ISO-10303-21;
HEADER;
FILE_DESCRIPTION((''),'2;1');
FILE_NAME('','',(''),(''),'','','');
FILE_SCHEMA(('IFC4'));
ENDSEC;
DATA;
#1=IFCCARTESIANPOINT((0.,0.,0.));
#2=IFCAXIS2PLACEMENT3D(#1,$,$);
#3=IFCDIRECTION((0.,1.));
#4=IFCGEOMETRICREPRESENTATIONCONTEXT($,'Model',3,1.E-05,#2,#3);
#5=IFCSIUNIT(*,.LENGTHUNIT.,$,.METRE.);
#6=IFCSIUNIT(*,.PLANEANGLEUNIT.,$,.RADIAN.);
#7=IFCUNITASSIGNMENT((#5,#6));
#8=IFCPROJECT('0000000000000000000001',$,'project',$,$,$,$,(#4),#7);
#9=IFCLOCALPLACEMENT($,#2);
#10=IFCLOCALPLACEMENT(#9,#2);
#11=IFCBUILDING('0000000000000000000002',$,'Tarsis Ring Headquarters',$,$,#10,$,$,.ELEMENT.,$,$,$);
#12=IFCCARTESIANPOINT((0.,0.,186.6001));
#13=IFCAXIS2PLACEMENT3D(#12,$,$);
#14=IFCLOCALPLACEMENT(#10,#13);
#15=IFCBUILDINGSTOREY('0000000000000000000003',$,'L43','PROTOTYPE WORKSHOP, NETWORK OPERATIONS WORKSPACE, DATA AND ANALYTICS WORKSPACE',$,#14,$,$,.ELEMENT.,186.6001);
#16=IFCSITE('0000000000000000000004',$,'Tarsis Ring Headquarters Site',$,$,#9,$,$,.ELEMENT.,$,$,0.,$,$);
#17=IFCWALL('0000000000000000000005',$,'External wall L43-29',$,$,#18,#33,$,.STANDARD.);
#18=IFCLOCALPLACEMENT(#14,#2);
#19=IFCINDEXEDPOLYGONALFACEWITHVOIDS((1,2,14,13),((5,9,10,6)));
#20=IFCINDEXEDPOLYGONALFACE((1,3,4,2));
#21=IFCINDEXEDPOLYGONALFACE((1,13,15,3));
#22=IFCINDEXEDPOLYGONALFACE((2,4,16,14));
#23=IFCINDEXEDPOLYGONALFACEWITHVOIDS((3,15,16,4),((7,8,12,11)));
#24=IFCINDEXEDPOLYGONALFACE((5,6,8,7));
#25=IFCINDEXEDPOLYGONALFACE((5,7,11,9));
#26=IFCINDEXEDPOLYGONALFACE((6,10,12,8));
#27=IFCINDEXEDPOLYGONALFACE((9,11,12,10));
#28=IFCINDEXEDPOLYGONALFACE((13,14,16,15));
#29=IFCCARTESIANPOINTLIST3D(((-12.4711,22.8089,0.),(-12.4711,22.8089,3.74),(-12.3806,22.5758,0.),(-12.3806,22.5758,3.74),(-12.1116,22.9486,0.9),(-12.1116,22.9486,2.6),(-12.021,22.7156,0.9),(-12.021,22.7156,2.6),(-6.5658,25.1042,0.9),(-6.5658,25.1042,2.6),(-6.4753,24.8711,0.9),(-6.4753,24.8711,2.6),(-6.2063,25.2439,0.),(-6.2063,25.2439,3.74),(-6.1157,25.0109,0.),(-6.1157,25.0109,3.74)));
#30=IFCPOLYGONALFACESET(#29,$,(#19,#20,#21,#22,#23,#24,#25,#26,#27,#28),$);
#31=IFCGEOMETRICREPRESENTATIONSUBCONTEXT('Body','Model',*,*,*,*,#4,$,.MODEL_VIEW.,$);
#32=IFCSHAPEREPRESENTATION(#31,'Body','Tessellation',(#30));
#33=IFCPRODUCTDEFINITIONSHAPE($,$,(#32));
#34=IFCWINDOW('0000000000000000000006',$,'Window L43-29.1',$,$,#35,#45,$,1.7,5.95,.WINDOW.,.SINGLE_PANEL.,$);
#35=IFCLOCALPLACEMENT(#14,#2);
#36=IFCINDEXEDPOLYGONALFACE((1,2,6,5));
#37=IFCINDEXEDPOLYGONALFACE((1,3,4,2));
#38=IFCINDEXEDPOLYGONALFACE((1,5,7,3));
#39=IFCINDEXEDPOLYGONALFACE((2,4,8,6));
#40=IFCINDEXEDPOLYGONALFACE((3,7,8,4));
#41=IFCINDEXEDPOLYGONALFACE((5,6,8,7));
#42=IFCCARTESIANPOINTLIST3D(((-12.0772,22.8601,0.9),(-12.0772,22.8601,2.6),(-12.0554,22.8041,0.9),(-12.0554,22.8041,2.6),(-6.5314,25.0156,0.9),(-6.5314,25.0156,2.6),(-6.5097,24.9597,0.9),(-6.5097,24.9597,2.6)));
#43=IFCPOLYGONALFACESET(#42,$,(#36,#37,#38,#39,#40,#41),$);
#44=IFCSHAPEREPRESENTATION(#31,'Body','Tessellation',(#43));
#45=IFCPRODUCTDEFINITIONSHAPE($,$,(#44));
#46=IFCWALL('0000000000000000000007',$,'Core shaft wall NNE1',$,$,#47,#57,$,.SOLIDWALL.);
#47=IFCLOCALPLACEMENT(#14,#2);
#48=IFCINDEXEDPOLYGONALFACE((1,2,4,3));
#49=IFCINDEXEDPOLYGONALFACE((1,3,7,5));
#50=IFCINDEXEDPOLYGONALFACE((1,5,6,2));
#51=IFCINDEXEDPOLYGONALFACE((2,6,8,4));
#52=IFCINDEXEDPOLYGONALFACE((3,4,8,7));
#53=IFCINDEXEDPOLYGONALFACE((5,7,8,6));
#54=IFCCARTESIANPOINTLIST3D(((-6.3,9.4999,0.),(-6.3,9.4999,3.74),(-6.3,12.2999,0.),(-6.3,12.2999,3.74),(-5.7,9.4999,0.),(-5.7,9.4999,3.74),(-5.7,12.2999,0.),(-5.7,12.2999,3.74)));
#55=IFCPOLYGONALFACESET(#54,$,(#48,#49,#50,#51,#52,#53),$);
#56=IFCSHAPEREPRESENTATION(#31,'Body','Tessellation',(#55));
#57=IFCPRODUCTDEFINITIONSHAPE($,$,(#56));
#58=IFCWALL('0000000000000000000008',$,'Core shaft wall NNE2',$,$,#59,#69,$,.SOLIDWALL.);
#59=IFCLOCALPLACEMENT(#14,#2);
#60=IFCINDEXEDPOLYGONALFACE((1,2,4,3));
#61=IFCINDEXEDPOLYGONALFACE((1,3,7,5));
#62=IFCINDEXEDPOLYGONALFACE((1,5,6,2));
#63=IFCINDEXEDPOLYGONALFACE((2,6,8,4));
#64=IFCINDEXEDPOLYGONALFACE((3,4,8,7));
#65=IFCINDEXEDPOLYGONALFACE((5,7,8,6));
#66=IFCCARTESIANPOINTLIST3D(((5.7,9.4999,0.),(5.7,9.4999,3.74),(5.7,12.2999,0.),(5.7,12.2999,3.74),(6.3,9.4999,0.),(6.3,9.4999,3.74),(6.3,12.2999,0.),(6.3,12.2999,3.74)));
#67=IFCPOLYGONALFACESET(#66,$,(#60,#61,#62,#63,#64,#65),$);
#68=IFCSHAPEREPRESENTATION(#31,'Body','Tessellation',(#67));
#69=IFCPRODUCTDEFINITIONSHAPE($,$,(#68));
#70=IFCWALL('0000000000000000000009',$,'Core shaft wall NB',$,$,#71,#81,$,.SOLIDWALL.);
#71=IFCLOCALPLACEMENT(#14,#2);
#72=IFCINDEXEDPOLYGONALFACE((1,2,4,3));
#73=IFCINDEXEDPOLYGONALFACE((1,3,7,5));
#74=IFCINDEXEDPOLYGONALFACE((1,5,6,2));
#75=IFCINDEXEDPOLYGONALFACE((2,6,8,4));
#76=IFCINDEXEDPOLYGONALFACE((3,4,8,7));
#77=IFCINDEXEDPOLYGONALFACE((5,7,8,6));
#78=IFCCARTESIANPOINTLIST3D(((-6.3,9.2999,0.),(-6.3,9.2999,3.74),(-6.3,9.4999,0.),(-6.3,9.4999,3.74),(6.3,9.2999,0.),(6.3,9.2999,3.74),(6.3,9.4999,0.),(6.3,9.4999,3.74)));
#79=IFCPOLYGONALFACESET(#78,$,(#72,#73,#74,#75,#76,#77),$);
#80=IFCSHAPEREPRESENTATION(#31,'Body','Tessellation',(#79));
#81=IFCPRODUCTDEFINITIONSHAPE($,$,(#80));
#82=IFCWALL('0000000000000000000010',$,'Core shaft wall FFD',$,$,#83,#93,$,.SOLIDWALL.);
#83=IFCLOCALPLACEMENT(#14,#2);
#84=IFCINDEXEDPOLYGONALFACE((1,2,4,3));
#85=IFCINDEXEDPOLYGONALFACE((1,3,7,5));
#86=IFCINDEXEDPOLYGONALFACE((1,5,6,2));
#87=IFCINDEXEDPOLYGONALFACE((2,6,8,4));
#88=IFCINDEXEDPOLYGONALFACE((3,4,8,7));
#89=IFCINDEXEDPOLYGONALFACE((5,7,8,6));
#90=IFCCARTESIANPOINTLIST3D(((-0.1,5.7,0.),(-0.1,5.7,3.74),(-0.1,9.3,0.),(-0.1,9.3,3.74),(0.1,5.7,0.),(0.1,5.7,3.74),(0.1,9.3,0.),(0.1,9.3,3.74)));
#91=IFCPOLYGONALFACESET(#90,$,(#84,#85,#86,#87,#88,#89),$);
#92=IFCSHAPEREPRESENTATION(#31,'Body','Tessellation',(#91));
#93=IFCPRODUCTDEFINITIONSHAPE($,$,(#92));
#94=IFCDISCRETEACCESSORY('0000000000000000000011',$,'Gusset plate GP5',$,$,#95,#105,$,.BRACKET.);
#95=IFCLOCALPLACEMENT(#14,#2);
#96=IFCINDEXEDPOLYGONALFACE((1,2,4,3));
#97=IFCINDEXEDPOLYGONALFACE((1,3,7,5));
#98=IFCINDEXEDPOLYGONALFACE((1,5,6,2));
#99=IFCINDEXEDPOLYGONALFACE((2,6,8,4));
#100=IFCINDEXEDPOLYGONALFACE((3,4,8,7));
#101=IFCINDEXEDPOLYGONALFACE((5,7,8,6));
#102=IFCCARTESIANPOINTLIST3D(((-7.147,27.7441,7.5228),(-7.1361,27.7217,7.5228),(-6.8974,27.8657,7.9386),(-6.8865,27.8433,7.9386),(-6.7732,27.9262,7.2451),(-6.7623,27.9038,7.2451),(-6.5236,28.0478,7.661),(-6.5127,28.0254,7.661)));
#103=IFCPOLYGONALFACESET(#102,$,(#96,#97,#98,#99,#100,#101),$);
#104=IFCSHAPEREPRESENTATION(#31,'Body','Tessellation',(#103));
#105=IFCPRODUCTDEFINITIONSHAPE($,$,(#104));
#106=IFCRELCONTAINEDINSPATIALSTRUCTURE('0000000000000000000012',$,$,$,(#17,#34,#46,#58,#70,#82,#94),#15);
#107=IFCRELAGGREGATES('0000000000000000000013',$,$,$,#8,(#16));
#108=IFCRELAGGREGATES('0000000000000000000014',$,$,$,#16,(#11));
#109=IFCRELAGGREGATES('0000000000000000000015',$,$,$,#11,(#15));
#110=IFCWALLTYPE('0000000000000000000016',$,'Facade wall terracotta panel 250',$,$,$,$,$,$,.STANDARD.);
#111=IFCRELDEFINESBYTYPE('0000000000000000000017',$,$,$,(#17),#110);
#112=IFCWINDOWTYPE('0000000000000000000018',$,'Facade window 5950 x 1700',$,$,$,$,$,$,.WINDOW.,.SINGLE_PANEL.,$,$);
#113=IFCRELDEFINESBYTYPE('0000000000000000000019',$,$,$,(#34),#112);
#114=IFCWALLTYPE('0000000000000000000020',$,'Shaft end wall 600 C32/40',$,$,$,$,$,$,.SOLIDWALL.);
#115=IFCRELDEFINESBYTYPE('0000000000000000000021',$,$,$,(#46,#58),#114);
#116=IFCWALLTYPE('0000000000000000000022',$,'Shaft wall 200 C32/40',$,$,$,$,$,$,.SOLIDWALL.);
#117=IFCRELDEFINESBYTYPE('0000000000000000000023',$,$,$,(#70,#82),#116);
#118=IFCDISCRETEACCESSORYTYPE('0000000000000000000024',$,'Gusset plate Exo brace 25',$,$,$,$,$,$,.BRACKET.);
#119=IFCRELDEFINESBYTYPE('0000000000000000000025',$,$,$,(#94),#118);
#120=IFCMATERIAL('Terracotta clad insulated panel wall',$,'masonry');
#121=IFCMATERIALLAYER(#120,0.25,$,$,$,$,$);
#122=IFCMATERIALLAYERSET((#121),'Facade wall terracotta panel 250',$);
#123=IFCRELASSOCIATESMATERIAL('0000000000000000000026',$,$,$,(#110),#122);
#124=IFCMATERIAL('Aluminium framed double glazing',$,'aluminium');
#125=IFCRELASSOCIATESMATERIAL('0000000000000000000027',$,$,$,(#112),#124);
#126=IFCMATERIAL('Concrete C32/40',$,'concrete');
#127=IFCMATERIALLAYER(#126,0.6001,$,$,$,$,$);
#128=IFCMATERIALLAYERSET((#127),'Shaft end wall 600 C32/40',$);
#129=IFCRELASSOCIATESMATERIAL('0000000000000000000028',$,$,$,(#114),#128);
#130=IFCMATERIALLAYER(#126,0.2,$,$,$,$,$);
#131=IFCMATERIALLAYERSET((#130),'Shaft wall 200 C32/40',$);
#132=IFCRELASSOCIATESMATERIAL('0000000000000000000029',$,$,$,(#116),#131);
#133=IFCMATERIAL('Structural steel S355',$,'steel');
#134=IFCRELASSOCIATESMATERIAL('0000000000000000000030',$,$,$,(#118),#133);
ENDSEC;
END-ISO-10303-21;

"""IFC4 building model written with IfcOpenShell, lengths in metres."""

from ifc_helpers import new_model, si_unit, direction, frame, frame_2d, origin, origin_2d, place, context, subcontext, project, spatial, rectangle, extrude, material, layer, layer_set, material_profile, profile_set, type_object, element, fill, save


model = new_model("IFC4")

# Units and contexts
model_context = context("Model", 3, precision=1e-05, world=origin(), true_north=direction((0.0, 1.0)))
body_context = subcontext(model_context, "Body", "Model", "MODEL_VIEW")
ifc_project = project(units=[si_unit("LENGTHUNIT", "METRE"), si_unit("PLANEANGLEUNIT", "RADIAN")], contexts=[model_context])

# Site, building, storey
site_placement = place(None, origin())
site = spatial("IfcSite", under=ifc_project, at=site_placement, Name="Tarsis Ring Headquarters Site", CompositionType="ELEMENT", RefElevation=0.0)
building_placement = place(site_placement, origin())
building = spatial("IfcBuilding", under=site, at=building_placement, Name="Tarsis Ring Headquarters", CompositionType="ELEMENT")
storey_placement = place(building_placement, frame((0.0, 0.0, 186.6001)))
storey = spatial("IfcBuildingStorey", under=building, at=storey_placement, Name="L43", Description="PROTOTYPE WORKSHOP, NETWORK OPERATIONS WORKSPACE, DATA AND ANALYTICS WORKSPACE", CompositionType="ELEMENT", Elevation=186.6001)

# Shared definitions
ifc_material_1 = material(Name="Structural steel S355", Category="steel")

# Wall, opening, window
ifc_material_2 = material(Name="Terracotta clad insulated panel wall", Category="masonry")
ifc_layer_1 = layer(ifc_material_2, 0.25)
ifc_layer_set_1 = layer_set([ifc_layer_1], Name="Facade wall terracotta panel 250")
wall_type_1 = type_object("IfcWallType", Name="Facade wall terracotta panel 250", PredefinedType="STANDARD", material=ifc_layer_set_1)
ifc_material_3 = material(Name="Aluminium framed double glazing", Category="aluminium")
window_type = type_object("IfcWindowType", Name="Facade window 5950 x 1700", PartitioningType="SINGLE_PANEL", PredefinedType="WINDOW", material=ifc_material_3)
wall_1_placement = place(storey_placement, frame((-6.1609, 25.1274, 0.0), z_axis=(0.0, 0.0, 1.0), x_axis=(-0.932069, -0.36228, 0.0)))
wall_1 = element("IfcWall", 1, at=wall_1_placement, inside=storey, type_object=wall_type_1, Name="External wall L43-29", PredefinedType="STANDARD", context=body_context, shape_type="SweptSolid", body=[
    extrude(rectangle(XDim=6.7214, YDim=0.25, at=frame_2d((3.3608, 0.0))), origin(), (0.0, 0.0, 1.0), 3.74),
])
opening_1_placement = place(wall_1_placement, frame((0.3857, 0.0, 0.8999)))
opening_1 = element("IfcOpeningElement", 2, at=opening_1_placement, cuts=wall_1, PredefinedType="OPENING", context=body_context, shape_type="SweptSolid", body=[
    extrude(rectangle(XDim=5.95, YDim=1.7, at=frame_2d((2.9751, 0.8501))), frame((0.0, 0.135, 0.0), z_axis=(0.0, -1.0, 0.0), x_axis=(1.0, 0.0, 0.0)), (0.0, 0.0, 1.0), 0.27),
])
window_1_placement = place(opening_1_placement, origin())
window_1 = element("IfcWindow", 3, at=window_1_placement, inside=storey, type_object=window_type, Name="Window L43-29.1", OverallHeight=1.7, OverallWidth=5.95, PartitioningType="SINGLE_PANEL", PredefinedType="WINDOW", context=body_context, shape_type="SweptSolid", body=[
    extrude(rectangle(XDim=5.95, YDim=1.7, at=frame_2d((2.9751, 0.8501))), frame((0.0, 0.03, 0.0), z_axis=(0.0, -1.0, 0.0), x_axis=(1.0, 0.0, 0.0)), (0.0, 0.0, 1.0), 0.0601),
])
fill(opening_1, window_1)

# Walls
ifc_material_4 = material(Name="Concrete C32/40", Category="concrete")
ifc_layer_2 = layer(ifc_material_4, 0.6001)
ifc_layer_set_2 = layer_set([ifc_layer_2], Name="Shaft end wall 600 C32/40")
wall_type_2 = type_object("IfcWallType", Name="Shaft end wall 600 C32/40", PredefinedType="SOLIDWALL", material=ifc_layer_set_2)
for number, where, z_axis, x_axis, name in (
    (4, (-6.0, 9.5, 0.0), (0.0, 0.0, 1.0), (0.0, 1.0, 0.0), "Core shaft wall NNE1"),
    (5, (6.0, 9.5, 0.0), (0.0, 0.0, 1.0), (0.0, 1.0, 0.0), "Core shaft wall NNE2"),
):
    element("IfcWall", number, at=place(storey_placement, frame(where, z_axis=z_axis, x_axis=x_axis)), inside=storey, type_object=wall_type_2, Name=name, PredefinedType="SOLIDWALL", context=body_context, shape_type="SweptSolid", body=[
        extrude(rectangle(XDim=2.8, YDim=0.6001, at=frame_2d((1.3999, 0.0))), origin(), (0.0, 0.0, 1.0), 3.74),
    ])
ifc_layer_3 = layer(ifc_material_4, 0.2)
ifc_layer_set_3 = layer_set([ifc_layer_3], Name="Shaft wall 200 C32/40")
wall_type_3 = type_object("IfcWallType", Name="Shaft wall 200 C32/40", PredefinedType="SOLIDWALL", material=ifc_layer_set_3)
wall_2_placement = place(storey_placement, frame((-6.3, 9.3999, 0.0), z_axis=(0.0, 0.0, 1.0), x_axis=(1.0, 0.0, 0.0)))
element("IfcWall", 6, at=wall_2_placement, inside=storey, type_object=wall_type_3, Name="Core shaft wall NB", PredefinedType="SOLIDWALL", context=body_context, shape_type="SweptSolid", body=[
    extrude(rectangle(XDim=12.6001, YDim=0.2, at=frame_2d((6.3, 0.0))), origin(), (0.0, 0.0, 1.0), 3.74),
])
wall_3_placement = place(storey_placement, frame((0.0, 5.7, 0.0), z_axis=(0.0, 0.0, 1.0), x_axis=(0.0, 1.0, 0.0)))
element("IfcWall", 7, at=wall_3_placement, inside=storey, type_object=wall_type_3, Name="Core shaft wall FFD", PredefinedType="SOLIDWALL", context=body_context, shape_type="SweptSolid", body=[
    extrude(rectangle(XDim=3.6001, YDim=0.2, at=frame_2d((1.8, 0.0))), origin(), (0.0, 0.0, 1.0), 3.74),
])

# Discrete accessory
ifc_material_profile_1 = material_profile(ifc_material_1, rectangle(XDim=0.0249, YDim=0.5, at=origin_2d()), Name="PL 25x500")
ifc_profile_set_1 = profile_set([ifc_material_profile_1], Name="Structural steel S355")
discrete_accessory_type = type_object("IfcDiscreteAccessoryType", Name="Gusset plate Exo brace 25", PredefinedType="BRACKET", material=ifc_profile_set_1)
discrete_accessory_placement = place(storey_placement, frame((-6.7051, 27.9456, 7.7998), z_axis=(-0.499119, -0.243211, -0.831702), x_axis=(0.438042, -0.898954, 0.0)))
element("IfcDiscreteAccessory", 8, at=discrete_accessory_placement, inside=storey, type_object=discrete_accessory_type, Name="Gusset plate GP5", PredefinedType="BRACKET", context=body_context, shape_type="SweptSolid", body=[
    extrude(rectangle(XDim=0.0249, YDim=0.5, at=origin_2d()), origin(), (0.0, 0.0, 1.0), 0.5),
])

save(model, "model.ifc")
